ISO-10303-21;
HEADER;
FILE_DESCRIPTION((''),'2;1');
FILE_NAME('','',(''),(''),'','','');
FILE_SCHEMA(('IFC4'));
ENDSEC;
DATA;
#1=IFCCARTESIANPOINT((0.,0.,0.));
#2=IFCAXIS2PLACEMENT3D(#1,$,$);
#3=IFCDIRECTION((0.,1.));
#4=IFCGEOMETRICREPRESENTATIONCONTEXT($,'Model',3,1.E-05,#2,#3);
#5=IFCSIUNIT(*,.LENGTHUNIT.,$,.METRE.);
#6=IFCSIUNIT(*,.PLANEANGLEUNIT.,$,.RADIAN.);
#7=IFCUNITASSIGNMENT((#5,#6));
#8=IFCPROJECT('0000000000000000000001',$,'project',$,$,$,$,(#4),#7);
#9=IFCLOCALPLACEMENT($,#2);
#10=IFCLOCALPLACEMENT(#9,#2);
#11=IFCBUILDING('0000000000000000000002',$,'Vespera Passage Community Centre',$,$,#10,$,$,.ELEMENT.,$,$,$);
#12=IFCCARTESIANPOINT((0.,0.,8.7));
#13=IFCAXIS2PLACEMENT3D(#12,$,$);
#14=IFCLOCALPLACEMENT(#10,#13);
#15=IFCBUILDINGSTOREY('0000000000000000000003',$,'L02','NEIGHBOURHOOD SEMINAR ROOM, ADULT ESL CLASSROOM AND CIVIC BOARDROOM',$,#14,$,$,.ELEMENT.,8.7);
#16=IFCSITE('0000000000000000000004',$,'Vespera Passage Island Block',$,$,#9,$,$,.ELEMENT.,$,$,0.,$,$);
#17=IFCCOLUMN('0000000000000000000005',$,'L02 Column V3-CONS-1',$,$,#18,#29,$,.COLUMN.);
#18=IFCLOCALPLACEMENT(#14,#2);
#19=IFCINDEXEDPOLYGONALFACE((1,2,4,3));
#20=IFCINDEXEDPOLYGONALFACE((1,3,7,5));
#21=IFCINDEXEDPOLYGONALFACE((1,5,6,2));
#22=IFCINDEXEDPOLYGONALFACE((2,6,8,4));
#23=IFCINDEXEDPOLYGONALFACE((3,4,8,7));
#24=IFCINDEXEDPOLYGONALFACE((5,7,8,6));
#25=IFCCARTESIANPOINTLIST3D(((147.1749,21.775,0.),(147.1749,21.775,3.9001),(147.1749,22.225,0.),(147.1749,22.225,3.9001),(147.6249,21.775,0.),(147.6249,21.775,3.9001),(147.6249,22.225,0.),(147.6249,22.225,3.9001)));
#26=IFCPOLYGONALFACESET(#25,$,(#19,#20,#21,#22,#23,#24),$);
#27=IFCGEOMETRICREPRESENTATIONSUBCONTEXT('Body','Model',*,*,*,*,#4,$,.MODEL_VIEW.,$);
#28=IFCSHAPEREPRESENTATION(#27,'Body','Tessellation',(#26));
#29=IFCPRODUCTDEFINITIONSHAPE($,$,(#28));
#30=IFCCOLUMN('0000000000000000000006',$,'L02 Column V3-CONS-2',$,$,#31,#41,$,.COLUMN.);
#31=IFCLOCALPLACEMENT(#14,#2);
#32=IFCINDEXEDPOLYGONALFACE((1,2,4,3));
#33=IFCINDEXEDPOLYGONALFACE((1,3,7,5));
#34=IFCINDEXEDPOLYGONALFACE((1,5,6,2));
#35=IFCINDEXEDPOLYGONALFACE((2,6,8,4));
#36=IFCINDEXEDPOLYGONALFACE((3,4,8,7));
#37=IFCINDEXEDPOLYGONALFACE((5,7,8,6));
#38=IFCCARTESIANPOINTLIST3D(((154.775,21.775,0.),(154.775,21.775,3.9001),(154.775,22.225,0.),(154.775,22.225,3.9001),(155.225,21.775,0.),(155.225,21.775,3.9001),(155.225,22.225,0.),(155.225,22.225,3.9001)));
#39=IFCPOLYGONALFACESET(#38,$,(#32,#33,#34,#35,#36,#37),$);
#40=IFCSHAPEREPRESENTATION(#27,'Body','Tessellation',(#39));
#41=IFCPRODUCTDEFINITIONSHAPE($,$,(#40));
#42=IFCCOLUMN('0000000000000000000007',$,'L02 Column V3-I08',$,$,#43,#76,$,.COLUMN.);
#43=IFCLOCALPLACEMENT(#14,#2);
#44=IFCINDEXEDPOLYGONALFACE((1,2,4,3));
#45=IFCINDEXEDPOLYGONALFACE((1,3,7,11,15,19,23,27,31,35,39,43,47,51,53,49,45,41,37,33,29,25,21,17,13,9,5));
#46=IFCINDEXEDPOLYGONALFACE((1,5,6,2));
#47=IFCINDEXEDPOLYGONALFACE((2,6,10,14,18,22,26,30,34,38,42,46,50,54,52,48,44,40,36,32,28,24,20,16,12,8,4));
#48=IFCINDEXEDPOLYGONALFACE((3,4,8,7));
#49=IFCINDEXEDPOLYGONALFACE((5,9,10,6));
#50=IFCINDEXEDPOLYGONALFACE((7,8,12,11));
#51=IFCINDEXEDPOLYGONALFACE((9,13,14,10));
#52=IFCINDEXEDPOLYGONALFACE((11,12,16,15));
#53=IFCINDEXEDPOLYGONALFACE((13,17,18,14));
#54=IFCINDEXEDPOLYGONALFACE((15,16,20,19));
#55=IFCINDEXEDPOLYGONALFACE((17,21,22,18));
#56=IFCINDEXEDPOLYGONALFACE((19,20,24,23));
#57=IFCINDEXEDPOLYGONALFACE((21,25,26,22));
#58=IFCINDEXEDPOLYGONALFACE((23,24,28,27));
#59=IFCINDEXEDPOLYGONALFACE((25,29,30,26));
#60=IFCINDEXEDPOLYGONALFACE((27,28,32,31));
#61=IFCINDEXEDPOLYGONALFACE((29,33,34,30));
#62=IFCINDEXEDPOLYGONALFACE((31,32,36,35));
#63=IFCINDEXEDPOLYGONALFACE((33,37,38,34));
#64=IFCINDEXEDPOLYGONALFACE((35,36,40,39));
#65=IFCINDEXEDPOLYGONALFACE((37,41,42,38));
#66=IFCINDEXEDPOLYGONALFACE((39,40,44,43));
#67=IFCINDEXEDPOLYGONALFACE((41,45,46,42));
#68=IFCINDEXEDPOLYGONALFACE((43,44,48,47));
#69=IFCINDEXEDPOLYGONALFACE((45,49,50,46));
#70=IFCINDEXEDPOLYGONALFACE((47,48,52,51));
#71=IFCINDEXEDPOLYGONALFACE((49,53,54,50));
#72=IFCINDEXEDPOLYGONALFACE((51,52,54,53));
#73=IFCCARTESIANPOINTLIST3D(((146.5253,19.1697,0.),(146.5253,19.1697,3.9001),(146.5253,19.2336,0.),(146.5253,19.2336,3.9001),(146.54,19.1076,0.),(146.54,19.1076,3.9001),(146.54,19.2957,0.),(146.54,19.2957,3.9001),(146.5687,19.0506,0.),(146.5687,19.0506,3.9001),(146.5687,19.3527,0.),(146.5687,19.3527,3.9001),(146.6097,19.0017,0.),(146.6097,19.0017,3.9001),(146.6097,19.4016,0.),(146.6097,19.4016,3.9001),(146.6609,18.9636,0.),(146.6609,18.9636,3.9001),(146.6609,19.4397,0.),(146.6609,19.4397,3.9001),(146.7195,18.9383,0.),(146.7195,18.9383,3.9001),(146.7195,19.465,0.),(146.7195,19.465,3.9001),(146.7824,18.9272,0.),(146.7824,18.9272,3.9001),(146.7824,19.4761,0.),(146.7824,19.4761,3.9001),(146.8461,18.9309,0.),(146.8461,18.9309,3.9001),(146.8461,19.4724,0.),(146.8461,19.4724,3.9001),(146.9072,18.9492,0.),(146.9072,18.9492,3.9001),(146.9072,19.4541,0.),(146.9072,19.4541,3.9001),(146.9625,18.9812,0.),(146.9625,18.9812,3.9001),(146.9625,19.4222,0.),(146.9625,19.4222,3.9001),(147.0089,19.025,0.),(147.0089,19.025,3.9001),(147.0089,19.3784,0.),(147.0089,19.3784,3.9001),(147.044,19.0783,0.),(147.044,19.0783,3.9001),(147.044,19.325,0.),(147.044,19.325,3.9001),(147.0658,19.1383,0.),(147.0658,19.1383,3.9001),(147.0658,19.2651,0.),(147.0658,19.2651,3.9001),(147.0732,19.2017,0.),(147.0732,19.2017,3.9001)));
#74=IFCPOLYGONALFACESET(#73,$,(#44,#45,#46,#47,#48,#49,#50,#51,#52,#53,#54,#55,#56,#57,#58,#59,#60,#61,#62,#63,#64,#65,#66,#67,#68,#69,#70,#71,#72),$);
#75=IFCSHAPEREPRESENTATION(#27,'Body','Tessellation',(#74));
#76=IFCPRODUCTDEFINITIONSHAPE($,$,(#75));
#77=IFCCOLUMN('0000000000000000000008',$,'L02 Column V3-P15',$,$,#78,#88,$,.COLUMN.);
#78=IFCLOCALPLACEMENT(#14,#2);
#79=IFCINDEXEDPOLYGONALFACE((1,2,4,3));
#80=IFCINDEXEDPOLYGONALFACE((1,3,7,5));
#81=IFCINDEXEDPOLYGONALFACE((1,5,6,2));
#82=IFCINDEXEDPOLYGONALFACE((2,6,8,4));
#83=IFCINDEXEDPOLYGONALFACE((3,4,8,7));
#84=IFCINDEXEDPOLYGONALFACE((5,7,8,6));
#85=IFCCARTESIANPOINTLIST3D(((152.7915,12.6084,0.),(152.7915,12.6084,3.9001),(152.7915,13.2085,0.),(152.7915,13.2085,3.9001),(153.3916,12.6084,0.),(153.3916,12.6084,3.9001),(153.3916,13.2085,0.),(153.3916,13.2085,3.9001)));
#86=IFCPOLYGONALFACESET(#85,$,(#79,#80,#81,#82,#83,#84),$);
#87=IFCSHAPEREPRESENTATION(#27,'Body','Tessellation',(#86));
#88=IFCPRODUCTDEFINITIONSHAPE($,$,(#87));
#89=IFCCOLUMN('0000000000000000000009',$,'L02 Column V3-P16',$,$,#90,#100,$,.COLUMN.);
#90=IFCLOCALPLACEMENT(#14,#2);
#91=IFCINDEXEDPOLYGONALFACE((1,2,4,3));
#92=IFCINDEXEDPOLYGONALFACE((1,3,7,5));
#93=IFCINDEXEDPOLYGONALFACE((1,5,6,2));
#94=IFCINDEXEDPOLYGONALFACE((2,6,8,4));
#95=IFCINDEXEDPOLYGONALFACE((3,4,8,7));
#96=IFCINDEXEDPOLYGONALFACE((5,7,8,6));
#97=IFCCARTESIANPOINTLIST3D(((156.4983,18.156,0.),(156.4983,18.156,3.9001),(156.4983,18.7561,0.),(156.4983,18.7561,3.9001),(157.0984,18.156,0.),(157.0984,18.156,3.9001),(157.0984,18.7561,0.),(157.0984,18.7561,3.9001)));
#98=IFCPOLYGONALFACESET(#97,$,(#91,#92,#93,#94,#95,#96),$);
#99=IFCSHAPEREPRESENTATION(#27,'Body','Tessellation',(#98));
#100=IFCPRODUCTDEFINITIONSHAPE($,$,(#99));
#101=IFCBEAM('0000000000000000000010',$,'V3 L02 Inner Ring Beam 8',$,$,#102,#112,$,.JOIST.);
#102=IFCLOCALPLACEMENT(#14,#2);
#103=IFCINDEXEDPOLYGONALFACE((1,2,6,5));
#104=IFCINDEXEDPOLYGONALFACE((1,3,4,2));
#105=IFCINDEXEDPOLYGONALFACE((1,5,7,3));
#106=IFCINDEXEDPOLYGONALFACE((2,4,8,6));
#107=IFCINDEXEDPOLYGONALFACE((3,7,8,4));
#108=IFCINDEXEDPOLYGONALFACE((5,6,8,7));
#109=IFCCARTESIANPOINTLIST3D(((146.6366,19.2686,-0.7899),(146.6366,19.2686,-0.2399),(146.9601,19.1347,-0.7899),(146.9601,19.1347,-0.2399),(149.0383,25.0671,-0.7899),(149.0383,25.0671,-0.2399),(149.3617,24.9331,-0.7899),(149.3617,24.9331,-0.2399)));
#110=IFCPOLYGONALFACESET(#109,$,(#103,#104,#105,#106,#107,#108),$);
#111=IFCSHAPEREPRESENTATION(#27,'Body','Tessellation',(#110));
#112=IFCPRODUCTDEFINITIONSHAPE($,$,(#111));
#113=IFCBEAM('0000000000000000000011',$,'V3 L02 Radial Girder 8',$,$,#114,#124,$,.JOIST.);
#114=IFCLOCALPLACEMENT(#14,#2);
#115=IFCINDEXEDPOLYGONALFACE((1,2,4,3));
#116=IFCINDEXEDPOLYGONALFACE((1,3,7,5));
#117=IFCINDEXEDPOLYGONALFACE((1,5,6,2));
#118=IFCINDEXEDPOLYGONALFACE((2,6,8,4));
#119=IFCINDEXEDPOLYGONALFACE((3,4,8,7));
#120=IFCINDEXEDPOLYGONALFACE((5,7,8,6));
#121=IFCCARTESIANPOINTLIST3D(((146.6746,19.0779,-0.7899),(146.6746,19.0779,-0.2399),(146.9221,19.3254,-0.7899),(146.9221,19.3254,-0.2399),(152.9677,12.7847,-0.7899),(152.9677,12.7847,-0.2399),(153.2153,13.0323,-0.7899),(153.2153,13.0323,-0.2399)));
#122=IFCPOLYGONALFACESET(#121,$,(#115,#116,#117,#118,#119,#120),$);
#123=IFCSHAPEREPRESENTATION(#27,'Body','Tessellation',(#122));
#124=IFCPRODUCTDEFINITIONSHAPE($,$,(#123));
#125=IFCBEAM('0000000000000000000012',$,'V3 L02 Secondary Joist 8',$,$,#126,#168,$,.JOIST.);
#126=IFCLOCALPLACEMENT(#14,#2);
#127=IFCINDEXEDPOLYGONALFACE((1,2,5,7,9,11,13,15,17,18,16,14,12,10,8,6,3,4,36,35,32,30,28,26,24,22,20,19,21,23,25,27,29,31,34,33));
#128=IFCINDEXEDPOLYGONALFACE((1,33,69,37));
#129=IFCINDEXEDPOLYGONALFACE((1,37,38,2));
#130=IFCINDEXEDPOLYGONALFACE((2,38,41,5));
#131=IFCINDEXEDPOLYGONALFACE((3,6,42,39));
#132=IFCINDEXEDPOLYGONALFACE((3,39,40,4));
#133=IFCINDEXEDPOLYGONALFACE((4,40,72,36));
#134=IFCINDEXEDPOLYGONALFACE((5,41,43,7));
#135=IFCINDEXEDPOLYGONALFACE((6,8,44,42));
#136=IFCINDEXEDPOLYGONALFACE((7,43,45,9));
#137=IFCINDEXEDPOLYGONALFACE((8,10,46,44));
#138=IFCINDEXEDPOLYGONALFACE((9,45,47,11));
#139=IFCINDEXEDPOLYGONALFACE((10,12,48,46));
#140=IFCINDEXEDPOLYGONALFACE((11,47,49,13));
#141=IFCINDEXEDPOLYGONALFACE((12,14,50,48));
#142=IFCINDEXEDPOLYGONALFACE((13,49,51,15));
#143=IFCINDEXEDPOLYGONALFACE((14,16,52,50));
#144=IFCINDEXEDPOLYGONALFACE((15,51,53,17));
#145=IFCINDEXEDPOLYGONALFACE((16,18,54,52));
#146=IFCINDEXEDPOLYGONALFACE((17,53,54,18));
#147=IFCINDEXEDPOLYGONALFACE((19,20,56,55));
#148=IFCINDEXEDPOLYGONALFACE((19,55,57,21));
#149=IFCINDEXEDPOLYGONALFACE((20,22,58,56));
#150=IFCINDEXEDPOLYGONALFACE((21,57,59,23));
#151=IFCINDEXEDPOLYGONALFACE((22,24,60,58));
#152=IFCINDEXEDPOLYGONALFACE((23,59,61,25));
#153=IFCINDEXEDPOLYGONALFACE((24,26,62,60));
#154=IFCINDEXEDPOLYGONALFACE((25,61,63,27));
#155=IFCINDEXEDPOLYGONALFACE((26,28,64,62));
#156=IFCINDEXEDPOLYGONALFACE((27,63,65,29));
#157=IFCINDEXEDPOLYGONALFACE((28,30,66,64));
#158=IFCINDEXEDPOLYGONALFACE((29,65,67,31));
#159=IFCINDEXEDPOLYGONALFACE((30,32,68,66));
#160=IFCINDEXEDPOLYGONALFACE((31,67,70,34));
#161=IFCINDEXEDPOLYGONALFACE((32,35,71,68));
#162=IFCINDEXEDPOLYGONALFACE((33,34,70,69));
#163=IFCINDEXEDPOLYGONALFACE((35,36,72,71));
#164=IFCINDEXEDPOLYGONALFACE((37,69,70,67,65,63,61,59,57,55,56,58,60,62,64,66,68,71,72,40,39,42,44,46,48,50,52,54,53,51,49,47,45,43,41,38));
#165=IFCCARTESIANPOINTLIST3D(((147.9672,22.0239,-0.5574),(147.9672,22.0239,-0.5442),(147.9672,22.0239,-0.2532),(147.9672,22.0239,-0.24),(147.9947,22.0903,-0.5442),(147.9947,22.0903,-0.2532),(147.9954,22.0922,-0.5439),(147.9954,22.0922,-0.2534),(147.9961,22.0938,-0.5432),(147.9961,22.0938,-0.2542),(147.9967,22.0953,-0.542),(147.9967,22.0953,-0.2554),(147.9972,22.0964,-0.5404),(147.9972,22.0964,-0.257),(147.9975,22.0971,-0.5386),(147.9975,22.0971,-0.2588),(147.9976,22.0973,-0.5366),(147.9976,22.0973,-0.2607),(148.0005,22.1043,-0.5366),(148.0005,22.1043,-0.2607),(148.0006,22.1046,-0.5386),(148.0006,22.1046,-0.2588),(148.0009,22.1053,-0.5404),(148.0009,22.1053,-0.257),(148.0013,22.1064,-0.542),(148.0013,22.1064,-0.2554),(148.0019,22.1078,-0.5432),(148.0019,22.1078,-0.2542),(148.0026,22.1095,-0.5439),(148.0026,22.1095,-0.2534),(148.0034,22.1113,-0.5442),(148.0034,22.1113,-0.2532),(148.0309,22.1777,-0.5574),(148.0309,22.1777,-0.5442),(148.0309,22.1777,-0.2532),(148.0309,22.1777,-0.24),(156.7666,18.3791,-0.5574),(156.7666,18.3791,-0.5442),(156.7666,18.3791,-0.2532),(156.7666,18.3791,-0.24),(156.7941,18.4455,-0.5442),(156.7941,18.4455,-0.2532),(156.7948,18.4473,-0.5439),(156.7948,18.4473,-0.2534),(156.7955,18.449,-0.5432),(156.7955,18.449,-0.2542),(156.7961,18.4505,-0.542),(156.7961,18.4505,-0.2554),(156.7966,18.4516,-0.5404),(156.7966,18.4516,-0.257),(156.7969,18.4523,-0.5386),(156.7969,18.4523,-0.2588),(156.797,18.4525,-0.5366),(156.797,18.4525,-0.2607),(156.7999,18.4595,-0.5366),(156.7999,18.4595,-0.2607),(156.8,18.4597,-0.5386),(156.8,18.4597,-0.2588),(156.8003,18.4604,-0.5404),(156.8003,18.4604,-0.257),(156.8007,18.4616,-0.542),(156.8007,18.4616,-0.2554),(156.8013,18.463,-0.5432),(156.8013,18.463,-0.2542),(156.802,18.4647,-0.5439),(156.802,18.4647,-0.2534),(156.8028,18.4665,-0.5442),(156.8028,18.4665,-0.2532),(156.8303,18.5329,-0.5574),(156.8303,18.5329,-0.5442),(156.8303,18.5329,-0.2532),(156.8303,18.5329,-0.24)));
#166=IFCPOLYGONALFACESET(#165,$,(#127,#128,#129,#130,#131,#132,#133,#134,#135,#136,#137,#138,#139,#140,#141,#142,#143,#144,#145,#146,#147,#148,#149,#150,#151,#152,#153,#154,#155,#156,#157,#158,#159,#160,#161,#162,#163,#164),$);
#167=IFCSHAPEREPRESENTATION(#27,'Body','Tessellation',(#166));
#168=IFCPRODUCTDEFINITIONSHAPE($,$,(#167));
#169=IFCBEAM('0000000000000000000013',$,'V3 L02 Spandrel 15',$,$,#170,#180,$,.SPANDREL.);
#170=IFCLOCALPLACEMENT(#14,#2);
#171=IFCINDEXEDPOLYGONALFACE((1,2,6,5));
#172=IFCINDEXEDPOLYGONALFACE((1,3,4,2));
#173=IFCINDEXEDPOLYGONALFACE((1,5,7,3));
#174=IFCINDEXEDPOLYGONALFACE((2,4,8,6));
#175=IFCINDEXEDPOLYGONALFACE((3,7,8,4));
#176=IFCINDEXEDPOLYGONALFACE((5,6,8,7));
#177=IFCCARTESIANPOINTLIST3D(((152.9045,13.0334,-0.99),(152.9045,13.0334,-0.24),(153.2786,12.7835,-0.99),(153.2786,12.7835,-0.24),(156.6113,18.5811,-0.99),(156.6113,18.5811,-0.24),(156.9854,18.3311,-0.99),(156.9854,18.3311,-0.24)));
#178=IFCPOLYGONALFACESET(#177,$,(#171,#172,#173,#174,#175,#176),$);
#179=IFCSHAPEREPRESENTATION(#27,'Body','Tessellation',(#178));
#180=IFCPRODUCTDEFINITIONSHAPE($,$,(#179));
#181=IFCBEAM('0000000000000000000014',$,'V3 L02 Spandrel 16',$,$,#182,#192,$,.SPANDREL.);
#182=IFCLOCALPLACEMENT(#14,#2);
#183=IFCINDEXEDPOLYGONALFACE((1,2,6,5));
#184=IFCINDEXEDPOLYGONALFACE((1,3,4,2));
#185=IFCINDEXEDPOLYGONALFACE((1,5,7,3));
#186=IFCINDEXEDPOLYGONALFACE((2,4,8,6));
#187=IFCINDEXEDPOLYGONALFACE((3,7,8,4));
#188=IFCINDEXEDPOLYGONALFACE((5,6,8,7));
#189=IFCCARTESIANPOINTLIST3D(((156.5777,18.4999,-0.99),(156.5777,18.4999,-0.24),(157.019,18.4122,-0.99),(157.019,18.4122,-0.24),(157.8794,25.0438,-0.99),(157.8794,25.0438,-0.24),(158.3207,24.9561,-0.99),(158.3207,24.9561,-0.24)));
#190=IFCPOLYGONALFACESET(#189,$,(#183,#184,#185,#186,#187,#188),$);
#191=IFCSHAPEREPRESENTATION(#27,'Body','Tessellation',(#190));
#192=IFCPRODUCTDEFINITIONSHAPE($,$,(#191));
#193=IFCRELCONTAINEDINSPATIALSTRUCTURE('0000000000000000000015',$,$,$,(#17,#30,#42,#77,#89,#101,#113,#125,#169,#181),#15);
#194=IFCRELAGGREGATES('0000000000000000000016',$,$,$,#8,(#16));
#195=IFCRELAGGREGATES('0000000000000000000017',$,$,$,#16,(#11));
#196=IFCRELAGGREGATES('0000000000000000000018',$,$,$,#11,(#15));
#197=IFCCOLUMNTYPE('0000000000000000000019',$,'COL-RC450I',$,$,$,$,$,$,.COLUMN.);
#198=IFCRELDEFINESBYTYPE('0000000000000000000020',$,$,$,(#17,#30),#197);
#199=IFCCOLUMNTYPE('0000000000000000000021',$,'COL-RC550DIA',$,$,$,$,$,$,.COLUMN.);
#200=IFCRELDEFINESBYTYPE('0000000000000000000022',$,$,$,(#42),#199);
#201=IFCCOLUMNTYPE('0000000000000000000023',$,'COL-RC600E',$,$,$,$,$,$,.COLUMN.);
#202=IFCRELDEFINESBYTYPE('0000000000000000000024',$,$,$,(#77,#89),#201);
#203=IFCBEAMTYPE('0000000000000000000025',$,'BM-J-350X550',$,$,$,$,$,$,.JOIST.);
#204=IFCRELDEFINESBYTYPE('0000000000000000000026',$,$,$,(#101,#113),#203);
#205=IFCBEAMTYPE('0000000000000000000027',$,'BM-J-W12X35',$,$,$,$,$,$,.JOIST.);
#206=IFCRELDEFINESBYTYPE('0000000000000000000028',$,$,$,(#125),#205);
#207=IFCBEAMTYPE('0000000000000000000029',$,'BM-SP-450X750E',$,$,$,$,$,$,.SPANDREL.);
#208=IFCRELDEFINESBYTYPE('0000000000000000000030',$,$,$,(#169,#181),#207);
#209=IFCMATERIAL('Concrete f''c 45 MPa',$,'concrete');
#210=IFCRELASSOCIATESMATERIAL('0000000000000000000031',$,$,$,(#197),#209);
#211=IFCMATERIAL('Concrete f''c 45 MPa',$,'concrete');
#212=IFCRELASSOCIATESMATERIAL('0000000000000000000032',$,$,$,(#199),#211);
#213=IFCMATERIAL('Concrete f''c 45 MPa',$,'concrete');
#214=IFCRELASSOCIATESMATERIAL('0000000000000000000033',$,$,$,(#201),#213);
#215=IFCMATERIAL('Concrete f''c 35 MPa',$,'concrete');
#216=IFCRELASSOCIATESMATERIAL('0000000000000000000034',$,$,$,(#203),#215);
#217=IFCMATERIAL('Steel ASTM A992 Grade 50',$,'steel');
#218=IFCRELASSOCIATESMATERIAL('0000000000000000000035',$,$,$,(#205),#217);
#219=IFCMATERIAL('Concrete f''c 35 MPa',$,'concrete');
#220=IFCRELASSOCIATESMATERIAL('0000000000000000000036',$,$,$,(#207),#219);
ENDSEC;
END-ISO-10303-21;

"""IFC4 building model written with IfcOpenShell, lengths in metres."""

from ifc_helpers import new_model, si_unit, direction, frame, origin, origin_2d, place, context, subcontext, project, spatial, rectangle, circle, i_section, extrude, material, material_profile, profile_set, type_object, element, save


model = new_model("IFC4")

# Units and contexts
model_context = context("Model", 3, precision=1e-05, world=origin(), true_north=direction((0.0, 1.0)))
body_context = subcontext(model_context, "Body", "Model", "MODEL_VIEW")
ifc_project = project(units=[si_unit("LENGTHUNIT", "METRE"), si_unit("PLANEANGLEUNIT", "RADIAN")], contexts=[model_context])

# Site, building, storey
site_placement = place(None, origin())
site = spatial("IfcSite", under=ifc_project, at=site_placement, Name="Vespera Passage Island Block", CompositionType="ELEMENT", RefElevation=0.0)
building_placement = place(site_placement, origin())
building = spatial("IfcBuilding", under=site, at=building_placement, Name="Vespera Passage Community Centre", CompositionType="ELEMENT")
storey_placement = place(building_placement, frame((0.0, 0.0, 8.7)))
storey = spatial("IfcBuildingStorey", under=building, at=storey_placement, Name="L02", Description="NEIGHBOURHOOD SEMINAR ROOM, ADULT ESL CLASSROOM AND CIVIC BOARDROOM", CompositionType="ELEMENT", Elevation=8.7)

# Columns
ifc_material_1 = material(Name="Concrete f'c 45 MPa", Category="concrete")
ifc_material_profile_1 = material_profile(ifc_material_1, rectangle(XDim=0.45, YDim=0.45, at=origin_2d()), Name="RC450X450")
ifc_profile_set_1 = profile_set([ifc_material_profile_1], Name="Concrete f'c 45 MPa")
column_type_1 = type_object("IfcColumnType", Name="COL-RC450I", PredefinedType="COLUMN", material=ifc_profile_set_1)
for number, where, z_axis, x_axis, name in (
    (1, (147.3999, 22.0, 0.0), (0.0, 0.0, 1.0), (1.0, 0.0, 0.0), "L02 Column V3-CONS-1"),
    (2, (155.0, 22.0, 0.0), (0.0, 0.0, 1.0), (1.0, 0.0, 0.0), "L02 Column V3-CONS-2"),
):
    element("IfcColumn", number, at=place(storey_placement, frame(where, z_axis=z_axis, x_axis=x_axis)), inside=storey, type_object=column_type_1, Name=name, PredefinedType="COLUMN", context=body_context, shape_type="SweptSolid", body=[
        extrude(rectangle(XDim=0.45, YDim=0.45, at=origin_2d()), origin(), (0.0, 0.0, 1.0), 3.9001),
    ])
ifc_material_2 = material(Name="Concrete f'c 45 MPa", Category="concrete")
ifc_material_profile_2 = material_profile(ifc_material_2, circle(Radius=0.2749, at=origin_2d()), Name="RC550DIA")
ifc_profile_set_2 = profile_set([ifc_material_profile_2], Name="Concrete f'c 45 MPa")
column_type_2 = type_object("IfcColumnType", Name="COL-RC550DIA", PredefinedType="COLUMN", material=ifc_profile_set_2)
column_placement = place(storey_placement, frame((146.7983, 19.2017, 0.0), z_axis=(0.0, 0.0, 1.0), x_axis=(1.0, 0.0, 0.0)))
element("IfcColumn", 3, at=column_placement, inside=storey, type_object=column_type_2, Name="L02 Column V3-I08", PredefinedType="COLUMN", context=body_context, shape_type="SweptSolid", body=[
    extrude(circle(Radius=0.2749, at=origin_2d()), origin(), (0.0, 0.0, 1.0), 3.9001),
])
ifc_material_3 = material(Name="Concrete f'c 45 MPa", Category="concrete")
ifc_material_profile_3 = material_profile(ifc_material_3, rectangle(XDim=0.6001, YDim=0.6001, at=origin_2d()), Name="RC600X600")
ifc_profile_set_3 = profile_set([ifc_material_profile_3], Name="Concrete f'c 45 MPa")
column_type_3 = type_object("IfcColumnType", Name="COL-RC600E", PredefinedType="COLUMN", material=ifc_profile_set_3)
for number, where, z_axis, x_axis, name in (
    (4, (153.0916, 12.9084, 0.0), (0.0, 0.0, 1.0), (1.0, 0.0, 0.0), "L02 Column V3-P15"),
    (5, (156.7983, 18.4561, 0.0), (0.0, 0.0, 1.0), (1.0, 0.0, 0.0), "L02 Column V3-P16"),
):
    element("IfcColumn", number, at=place(storey_placement, frame(where, z_axis=z_axis, x_axis=x_axis)), inside=storey, type_object=column_type_3, Name=name, PredefinedType="COLUMN", context=body_context, shape_type="SweptSolid", body=[
        extrude(rectangle(XDim=0.6001, YDim=0.6001, at=origin_2d()), origin(), (0.0, 0.0, 1.0), 3.9001),
    ])

# Beams
ifc_material_4 = material(Name="Concrete f'c 35 MPa", Category="concrete")
ifc_material_profile_4 = material_profile(ifc_material_4, rectangle(XDim=0.3501, YDim=0.55, at=origin_2d()), Name="RC350X550")
ifc_profile_set_4 = profile_set([ifc_material_profile_4], Name="Concrete f'c 35 MPa")
beam_type_1 = type_object("IfcBeamType", Name="BM-J-350X550", PredefinedType="JOIST", material=ifc_profile_set_4)
beam_1_placement = place(storey_placement, frame((146.7983, 19.2017, -0.5149), z_axis=(0.382664, 0.923887, 0.0), x_axis=(-0.923887, 0.382664, 0.0)))
element("IfcBeam", 6, at=beam_1_placement, inside=storey, type_object=beam_type_1, Name="V3 L02 Inner Ring Beam 8", PredefinedType="JOIST", context=body_context, shape_type="SweptSolid", body=[
    extrude(rectangle(XDim=0.3501, YDim=0.55, at=origin_2d()), origin(), (0.0, 0.0, 1.0), 6.2761),
])
beam_2_placement = place(storey_placement, frame((146.7983, 19.2017, -0.5149), z_axis=(0.707107, -0.707107, 0.0), x_axis=(0.707107, 0.707107, 0.0)))
element("IfcBeam", 7, at=beam_2_placement, inside=storey, type_object=beam_type_1, Name="V3 L02 Radial Girder 8", PredefinedType="JOIST", context=body_context, shape_type="SweptSolid", body=[
    extrude(rectangle(XDim=0.3501, YDim=0.55, at=origin_2d()), origin(), (0.0, 0.0, 1.0), 8.8999),
])
ifc_material_5 = material(Name="Steel ASTM A992 Grade 50", Category="steel")
ifc_material_profile_5 = material_profile(ifc_material_5, i_section(OverallWidth=0.1665, OverallDepth=0.3174, WebThickness=0.0076, FlangeThickness=0.0132, FilletRadius=0.0076, at=origin_2d()), Name="W12X35")
ifc_profile_set_5 = profile_set([ifc_material_profile_5], Name="Steel ASTM A992 Grade 50")
beam_type_2 = type_object("IfcBeamType", Name="BM-J-W12X35", PredefinedType="JOIST", material=ifc_profile_set_5)
beam_3_placement = place(storey_placement, frame((147.999, 22.1008, -0.3987), z_axis=(0.92388, -0.382682, 0.0), x_axis=(0.382682, 0.92388, 0.0)))
element("IfcBeam", 8, at=beam_3_placement, inside=storey, type_object=beam_type_2, Name="V3 L02 Secondary Joist 8", PredefinedType="JOIST", context=body_context, shape_type="SweptSolid", body=[
    extrude(i_section(OverallWidth=0.1665, OverallDepth=0.3174, WebThickness=0.0076, FlangeThickness=0.0132, FilletRadius=0.0076, at=origin_2d()), origin(), (0.0, 0.0, 1.0), 9.5244),
])
ifc_material_6 = material(Name="Concrete f'c 35 MPa", Category="concrete")
ifc_material_profile_6 = material_profile(ifc_material_6, rectangle(XDim=0.45, YDim=0.75, at=origin_2d()), Name="RC450X750")
ifc_profile_set_6 = profile_set([ifc_material_profile_6], Name="Concrete f'c 35 MPa")
beam_type_3 = type_object("IfcBeamType", Name="BM-SP-450X750E", PredefinedType="SPANDREL", material=ifc_profile_set_6)
for number, where, z_axis, x_axis, name in (
    (9, (153.0916, 12.9084, -0.615), (0.55557, 0.83147, 0.0), (-0.83147, 0.55557, 0.0), "V3 L02 Spandrel 15"),
    (10, (156.7983, 18.4561, -0.615), (0.195103, 0.980783, 0.0), (-0.980783, 0.195103, 0.0), "V3 L02 Spandrel 16"),
):
    element("IfcBeam", number, at=place(storey_placement, frame(where, z_axis=z_axis, x_axis=x_axis)), inside=storey, type_object=beam_type_3, Name=name, PredefinedType="SPANDREL", context=body_context, shape_type="SweptSolid", body=[
        extrude(rectangle(XDim=0.45, YDim=0.75, at=origin_2d()), origin(), (0.0, 0.0, 1.0), 6.6721),
    ])

save(model, "model.ifc")
